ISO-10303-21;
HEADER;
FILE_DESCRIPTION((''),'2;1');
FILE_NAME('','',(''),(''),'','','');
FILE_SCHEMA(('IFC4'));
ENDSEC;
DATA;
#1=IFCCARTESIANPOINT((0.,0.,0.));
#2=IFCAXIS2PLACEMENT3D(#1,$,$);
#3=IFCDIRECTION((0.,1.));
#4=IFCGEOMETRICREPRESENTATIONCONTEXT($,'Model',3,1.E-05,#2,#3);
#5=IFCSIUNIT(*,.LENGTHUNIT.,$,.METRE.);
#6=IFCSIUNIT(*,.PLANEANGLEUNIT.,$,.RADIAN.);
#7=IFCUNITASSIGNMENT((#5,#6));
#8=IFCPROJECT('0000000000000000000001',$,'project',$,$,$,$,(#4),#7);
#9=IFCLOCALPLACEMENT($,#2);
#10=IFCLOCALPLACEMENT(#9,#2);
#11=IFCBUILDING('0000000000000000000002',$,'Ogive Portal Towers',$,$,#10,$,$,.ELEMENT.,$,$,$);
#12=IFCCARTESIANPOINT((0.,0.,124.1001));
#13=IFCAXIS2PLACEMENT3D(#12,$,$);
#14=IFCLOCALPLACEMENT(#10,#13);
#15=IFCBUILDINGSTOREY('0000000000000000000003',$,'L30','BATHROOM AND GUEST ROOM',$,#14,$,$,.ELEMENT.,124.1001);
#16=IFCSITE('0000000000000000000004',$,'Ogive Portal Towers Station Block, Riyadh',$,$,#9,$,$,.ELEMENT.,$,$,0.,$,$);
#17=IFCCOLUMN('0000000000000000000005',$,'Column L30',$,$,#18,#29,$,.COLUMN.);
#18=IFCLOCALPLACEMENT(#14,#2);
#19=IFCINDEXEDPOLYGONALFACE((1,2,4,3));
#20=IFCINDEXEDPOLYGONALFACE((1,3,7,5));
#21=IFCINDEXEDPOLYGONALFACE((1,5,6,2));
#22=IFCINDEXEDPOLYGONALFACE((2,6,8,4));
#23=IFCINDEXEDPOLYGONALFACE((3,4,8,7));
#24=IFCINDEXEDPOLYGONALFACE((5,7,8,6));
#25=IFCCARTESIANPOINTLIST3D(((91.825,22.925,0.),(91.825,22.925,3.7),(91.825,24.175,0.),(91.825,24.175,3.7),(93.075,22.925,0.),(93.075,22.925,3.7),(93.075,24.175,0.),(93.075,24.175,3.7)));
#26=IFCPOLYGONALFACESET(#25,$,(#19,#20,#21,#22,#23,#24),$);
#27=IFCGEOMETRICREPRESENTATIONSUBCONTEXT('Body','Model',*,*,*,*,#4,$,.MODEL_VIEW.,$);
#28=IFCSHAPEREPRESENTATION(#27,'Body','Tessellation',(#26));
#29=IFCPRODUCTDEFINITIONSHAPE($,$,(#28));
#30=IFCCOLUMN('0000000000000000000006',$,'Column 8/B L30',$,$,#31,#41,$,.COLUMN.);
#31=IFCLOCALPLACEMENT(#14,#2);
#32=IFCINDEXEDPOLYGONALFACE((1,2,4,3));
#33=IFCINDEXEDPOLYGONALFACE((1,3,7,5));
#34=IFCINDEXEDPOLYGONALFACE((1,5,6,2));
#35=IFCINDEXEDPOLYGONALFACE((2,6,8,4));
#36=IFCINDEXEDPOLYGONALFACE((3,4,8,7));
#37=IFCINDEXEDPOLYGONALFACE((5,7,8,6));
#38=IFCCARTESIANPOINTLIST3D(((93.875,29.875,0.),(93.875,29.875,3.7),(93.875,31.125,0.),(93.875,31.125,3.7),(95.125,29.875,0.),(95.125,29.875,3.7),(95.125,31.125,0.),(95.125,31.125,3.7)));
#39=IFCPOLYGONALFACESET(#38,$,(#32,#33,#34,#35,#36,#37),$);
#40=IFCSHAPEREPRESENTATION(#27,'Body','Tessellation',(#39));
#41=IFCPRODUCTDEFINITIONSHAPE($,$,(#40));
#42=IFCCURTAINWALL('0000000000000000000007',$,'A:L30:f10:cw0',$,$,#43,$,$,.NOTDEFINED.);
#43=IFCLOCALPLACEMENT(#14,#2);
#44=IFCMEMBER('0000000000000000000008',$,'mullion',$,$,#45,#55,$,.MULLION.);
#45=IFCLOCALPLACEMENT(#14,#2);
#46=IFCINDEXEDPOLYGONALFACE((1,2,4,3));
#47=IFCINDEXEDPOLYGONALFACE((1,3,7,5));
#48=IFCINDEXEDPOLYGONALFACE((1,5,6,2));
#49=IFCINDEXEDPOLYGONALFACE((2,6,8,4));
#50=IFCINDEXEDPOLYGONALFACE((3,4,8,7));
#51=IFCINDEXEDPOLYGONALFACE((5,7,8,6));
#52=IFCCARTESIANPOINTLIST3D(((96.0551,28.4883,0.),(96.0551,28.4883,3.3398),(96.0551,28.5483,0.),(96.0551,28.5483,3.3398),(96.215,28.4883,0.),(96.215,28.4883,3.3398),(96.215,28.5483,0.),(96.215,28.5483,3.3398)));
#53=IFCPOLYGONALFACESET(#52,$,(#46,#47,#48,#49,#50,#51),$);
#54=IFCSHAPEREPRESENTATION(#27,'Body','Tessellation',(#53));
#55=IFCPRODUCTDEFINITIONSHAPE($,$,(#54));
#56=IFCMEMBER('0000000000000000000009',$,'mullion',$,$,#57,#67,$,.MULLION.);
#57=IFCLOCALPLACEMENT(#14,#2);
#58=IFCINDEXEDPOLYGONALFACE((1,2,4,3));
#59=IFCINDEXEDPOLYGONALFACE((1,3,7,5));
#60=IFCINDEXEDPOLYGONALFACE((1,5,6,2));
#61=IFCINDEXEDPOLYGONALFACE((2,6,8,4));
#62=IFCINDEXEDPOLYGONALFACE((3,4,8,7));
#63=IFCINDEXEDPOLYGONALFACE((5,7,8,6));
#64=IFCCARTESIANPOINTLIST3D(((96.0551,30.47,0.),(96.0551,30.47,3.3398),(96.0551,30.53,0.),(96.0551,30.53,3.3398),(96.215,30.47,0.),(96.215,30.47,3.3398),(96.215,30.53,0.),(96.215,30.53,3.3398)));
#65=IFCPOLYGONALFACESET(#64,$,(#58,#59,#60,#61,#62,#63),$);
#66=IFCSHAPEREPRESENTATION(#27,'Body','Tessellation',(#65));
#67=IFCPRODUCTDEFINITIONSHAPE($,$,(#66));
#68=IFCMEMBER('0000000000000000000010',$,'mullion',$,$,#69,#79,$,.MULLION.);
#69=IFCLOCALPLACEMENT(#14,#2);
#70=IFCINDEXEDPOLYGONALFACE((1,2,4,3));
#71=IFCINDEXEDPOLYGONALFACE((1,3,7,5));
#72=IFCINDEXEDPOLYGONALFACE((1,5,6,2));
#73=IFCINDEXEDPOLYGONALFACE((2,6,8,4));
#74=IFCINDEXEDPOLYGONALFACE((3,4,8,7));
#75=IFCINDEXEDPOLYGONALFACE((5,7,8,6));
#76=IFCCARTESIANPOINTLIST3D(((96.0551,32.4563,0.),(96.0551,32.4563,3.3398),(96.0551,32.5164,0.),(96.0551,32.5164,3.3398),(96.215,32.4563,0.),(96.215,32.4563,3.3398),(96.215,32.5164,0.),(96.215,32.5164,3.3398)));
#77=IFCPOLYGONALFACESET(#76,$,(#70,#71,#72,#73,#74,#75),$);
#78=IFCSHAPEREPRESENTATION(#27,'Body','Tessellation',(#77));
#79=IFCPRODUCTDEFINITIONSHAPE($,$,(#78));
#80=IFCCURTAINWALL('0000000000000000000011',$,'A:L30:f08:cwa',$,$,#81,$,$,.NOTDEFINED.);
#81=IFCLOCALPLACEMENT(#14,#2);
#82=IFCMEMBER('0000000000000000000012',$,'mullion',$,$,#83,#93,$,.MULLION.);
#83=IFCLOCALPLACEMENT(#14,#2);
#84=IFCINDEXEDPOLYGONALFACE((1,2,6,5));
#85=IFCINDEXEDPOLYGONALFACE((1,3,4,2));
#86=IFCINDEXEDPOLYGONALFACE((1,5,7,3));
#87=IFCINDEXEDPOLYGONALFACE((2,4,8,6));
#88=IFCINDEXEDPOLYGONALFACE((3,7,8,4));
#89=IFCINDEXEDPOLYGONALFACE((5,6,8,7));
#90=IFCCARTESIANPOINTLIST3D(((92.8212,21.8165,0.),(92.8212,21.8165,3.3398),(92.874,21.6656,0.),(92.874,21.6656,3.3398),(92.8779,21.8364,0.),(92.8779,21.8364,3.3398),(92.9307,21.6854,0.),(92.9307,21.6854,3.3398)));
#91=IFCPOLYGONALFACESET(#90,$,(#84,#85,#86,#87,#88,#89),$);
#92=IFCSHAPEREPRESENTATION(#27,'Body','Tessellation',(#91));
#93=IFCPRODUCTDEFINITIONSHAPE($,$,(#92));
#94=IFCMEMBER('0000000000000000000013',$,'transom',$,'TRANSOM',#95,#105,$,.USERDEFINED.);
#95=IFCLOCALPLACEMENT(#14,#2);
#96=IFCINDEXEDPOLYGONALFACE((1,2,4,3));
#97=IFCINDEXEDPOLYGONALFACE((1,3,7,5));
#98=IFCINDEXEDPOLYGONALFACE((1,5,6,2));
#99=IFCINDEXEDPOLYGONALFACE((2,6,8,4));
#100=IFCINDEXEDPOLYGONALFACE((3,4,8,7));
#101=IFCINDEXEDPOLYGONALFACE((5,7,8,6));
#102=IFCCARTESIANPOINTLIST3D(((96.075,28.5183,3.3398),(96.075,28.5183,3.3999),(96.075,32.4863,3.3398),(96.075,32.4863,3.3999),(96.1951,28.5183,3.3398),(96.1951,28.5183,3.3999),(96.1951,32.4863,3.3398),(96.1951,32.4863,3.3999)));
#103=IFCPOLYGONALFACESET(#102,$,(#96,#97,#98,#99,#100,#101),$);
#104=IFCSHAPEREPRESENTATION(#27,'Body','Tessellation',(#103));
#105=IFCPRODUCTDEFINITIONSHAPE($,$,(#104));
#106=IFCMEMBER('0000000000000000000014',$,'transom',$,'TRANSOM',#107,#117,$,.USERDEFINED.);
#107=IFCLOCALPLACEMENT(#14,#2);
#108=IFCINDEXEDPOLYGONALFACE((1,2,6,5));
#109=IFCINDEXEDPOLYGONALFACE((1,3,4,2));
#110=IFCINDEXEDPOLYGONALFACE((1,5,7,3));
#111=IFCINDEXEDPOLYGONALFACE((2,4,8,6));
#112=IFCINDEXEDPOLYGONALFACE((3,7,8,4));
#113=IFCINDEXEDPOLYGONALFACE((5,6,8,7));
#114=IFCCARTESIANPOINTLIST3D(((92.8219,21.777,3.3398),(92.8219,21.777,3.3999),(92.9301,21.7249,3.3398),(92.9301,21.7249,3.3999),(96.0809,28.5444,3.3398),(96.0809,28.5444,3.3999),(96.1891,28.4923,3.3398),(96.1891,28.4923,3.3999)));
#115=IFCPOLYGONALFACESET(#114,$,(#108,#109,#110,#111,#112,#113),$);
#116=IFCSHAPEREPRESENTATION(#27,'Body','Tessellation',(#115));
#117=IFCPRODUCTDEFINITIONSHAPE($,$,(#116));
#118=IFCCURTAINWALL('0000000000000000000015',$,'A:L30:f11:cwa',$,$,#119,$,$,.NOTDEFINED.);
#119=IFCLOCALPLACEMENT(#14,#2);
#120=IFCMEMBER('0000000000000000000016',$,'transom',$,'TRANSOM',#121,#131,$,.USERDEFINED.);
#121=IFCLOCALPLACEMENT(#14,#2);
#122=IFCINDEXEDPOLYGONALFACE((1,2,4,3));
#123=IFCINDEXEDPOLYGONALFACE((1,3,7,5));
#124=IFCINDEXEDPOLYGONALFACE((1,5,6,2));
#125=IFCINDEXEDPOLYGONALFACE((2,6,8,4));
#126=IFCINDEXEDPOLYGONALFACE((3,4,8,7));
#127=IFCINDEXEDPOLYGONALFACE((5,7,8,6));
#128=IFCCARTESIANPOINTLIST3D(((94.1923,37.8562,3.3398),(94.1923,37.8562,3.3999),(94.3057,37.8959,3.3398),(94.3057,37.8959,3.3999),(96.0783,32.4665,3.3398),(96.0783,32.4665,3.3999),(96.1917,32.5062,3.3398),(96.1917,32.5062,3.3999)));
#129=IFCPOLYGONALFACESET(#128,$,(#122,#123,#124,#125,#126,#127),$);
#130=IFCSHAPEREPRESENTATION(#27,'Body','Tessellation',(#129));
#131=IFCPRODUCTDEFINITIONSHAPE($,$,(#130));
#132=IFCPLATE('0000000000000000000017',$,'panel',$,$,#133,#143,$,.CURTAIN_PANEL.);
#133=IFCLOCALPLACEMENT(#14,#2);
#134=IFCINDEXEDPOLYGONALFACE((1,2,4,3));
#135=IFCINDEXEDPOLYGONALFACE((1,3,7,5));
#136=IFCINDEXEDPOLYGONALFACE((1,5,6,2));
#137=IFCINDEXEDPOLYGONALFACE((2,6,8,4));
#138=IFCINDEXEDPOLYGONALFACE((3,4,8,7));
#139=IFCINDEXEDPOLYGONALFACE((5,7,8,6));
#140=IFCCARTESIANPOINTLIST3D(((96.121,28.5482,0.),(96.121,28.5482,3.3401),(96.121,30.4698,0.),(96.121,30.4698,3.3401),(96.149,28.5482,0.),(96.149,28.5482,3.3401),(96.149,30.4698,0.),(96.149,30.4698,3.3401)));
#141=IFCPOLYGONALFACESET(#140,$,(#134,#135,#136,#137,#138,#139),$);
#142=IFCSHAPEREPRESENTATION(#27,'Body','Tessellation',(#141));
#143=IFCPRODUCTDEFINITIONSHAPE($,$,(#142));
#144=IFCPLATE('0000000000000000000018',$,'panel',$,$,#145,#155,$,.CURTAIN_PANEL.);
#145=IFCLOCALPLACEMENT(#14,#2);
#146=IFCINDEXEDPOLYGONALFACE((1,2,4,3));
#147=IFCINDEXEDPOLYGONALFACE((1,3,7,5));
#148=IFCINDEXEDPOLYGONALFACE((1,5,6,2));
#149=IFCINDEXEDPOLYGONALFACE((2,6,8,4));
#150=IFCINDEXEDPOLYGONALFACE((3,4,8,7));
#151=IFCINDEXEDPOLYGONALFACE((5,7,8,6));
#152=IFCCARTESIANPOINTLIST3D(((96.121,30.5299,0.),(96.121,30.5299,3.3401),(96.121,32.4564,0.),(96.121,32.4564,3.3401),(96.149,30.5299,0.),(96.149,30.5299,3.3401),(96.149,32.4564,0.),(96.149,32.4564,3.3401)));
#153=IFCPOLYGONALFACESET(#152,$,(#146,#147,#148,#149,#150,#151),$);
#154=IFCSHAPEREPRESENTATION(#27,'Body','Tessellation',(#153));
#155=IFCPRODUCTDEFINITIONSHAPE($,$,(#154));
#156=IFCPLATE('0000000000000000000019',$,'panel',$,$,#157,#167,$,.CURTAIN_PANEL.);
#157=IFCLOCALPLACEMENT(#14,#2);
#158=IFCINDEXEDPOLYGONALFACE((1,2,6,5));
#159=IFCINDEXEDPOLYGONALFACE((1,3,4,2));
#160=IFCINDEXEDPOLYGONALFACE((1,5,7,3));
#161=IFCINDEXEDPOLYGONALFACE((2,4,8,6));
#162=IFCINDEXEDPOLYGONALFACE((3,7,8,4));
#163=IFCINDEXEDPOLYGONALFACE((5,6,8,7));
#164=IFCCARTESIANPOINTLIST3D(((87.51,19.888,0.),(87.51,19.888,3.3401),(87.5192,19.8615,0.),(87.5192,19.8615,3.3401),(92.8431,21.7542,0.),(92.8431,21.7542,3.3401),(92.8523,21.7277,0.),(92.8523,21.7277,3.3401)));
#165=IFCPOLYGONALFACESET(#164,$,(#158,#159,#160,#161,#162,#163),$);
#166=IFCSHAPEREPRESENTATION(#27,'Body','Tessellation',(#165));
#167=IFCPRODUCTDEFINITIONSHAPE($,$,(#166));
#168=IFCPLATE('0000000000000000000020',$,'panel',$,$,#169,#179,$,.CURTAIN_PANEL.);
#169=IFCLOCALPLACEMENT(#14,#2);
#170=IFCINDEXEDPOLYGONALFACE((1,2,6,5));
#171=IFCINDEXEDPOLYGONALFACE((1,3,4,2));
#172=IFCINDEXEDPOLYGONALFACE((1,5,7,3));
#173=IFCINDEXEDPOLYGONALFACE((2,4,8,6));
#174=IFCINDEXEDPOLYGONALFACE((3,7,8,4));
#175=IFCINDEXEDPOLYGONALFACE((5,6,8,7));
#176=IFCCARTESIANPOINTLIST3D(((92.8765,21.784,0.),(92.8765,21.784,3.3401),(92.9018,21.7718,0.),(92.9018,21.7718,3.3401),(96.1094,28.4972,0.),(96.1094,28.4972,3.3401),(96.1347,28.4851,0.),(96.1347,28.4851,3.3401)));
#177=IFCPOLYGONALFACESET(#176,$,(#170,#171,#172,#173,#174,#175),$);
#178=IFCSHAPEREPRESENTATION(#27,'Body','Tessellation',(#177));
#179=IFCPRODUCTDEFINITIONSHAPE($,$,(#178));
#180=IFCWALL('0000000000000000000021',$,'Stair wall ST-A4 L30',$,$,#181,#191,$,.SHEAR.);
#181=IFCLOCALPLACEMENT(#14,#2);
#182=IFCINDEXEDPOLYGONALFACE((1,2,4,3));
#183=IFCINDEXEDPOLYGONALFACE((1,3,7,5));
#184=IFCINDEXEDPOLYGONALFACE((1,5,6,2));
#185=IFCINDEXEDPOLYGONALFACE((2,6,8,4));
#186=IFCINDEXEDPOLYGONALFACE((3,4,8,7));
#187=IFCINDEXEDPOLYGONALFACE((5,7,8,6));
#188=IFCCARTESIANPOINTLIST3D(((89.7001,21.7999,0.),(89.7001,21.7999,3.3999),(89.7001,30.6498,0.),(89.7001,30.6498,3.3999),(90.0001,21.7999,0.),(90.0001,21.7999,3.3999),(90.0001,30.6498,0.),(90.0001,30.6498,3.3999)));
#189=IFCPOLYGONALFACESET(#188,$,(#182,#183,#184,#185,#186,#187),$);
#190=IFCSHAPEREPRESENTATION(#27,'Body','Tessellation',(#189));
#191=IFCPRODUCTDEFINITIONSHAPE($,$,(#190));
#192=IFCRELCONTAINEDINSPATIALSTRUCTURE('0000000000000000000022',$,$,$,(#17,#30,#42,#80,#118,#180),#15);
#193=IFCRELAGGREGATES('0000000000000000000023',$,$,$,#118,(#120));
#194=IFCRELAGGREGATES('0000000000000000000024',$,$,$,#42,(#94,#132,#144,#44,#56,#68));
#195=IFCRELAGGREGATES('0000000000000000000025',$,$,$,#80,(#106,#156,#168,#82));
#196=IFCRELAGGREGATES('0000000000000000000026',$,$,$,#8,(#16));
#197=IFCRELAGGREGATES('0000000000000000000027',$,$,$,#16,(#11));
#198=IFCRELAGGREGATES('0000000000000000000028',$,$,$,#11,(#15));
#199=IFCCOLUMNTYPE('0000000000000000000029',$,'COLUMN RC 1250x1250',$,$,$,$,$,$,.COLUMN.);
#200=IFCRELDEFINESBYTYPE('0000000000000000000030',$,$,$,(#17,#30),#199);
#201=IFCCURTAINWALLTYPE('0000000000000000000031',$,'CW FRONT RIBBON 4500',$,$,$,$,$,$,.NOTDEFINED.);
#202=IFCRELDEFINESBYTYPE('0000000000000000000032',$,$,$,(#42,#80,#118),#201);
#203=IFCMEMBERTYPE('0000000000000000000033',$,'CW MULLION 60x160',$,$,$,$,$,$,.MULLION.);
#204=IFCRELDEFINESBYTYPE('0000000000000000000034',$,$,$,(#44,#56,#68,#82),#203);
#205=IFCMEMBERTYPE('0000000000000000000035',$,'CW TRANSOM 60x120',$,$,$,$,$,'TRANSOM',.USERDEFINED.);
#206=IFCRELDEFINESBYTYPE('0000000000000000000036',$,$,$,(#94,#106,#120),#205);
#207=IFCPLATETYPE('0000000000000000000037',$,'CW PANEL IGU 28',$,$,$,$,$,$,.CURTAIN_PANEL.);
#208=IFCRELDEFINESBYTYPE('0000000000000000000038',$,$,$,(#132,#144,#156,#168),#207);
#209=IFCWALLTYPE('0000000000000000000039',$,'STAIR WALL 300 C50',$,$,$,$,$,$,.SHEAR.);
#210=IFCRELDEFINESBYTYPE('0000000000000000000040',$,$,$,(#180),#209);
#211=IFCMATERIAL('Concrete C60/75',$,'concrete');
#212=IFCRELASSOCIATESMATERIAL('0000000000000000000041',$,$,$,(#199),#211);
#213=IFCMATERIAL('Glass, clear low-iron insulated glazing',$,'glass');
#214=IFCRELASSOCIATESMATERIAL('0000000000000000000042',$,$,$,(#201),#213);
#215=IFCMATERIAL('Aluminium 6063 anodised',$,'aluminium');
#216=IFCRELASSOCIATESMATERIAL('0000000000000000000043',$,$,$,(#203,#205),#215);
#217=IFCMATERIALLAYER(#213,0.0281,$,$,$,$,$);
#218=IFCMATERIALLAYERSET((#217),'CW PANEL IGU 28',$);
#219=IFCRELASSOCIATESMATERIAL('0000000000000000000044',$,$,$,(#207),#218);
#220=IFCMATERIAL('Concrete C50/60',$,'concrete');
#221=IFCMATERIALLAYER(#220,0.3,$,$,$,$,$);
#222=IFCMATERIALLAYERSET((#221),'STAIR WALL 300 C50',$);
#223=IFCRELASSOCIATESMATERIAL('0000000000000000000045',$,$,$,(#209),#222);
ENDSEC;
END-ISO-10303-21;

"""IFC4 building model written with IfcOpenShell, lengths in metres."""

from ifc_helpers import new_model, si_unit, direction, frame, frame_2d, origin, origin_2d, place, context, subcontext, project, spatial, rectangle, extrude, material, layer, layer_set, material_profile, profile_set, type_object, element, aggregate, save


model = new_model("IFC4")

# Units and contexts
model_context = context("Model", 3, precision=1e-05, world=origin(), true_north=direction((0.0, 1.0)))
body_context = subcontext(model_context, "Body", "Model", "MODEL_VIEW")
ifc_project = project(units=[si_unit("LENGTHUNIT", "METRE"), si_unit("PLANEANGLEUNIT", "RADIAN")], contexts=[model_context])

# Site, building, storey
site_placement = place(None, origin())
site = spatial("IfcSite", under=ifc_project, at=site_placement, Name="Ogive Portal Towers Station Block, Riyadh", CompositionType="ELEMENT", RefElevation=0.0)
building_placement = place(site_placement, origin())
building = spatial("IfcBuilding", under=site, at=building_placement, Name="Ogive Portal Towers", CompositionType="ELEMENT")
storey_placement = place(building_placement, frame((0.0, 0.0, 124.1001)))
storey = spatial("IfcBuildingStorey", under=building, at=storey_placement, Name="L30", Description="BATHROOM AND GUEST ROOM", CompositionType="ELEMENT", Elevation=124.1001)

# Columns
ifc_material_1 = material(Name="Concrete C60/75", Category="concrete")
ifc_material_profile_1 = material_profile(ifc_material_1, rectangle(XDim=1.25, YDim=1.25, at=origin_2d()), Name="RC 1250x1250")
ifc_profile_set_1 = profile_set([ifc_material_profile_1], Name="Concrete C60/75")
column_type = type_object("IfcColumnType", Name="COLUMN RC 1250x1250", PredefinedType="COLUMN", material=ifc_profile_set_1)
for number, where, z_axis, x_axis, name in (
    (1, (92.45, 23.55, 0.0), (0.0, 0.0, 1.0), (1.0, 0.0, 0.0), "Column L30"),
    (2, (94.5, 30.5, 0.0), (0.0, 0.0, 1.0), (1.0, 0.0, 0.0), "Column 8/B L30"),
):
    element("IfcColumn", number, at=place(storey_placement, frame(where, z_axis=z_axis, x_axis=x_axis)), inside=storey, type_object=column_type, Name=name, PredefinedType="COLUMN", context=body_context, shape_type="SweptSolid", body=[
        extrude(rectangle(XDim=1.25, YDim=1.25, at=origin_2d()), origin(), (0.0, 0.0, 1.0), 3.7),
    ])

# Curtain wall, members
ifc_material_2 = material(Name="Glass, clear low-iron insulated glazing", Category="glass")
curtain_wall_type = type_object("IfcCurtainWallType", Name="CW FRONT RIBBON 4500", PredefinedType="NOTDEFINED", material=ifc_material_2)
curtain_wall_1_placement = place(storey_placement, origin())
curtain_wall_1 = element("IfcCurtainWall", 3, at=curtain_wall_1_placement, inside=storey, type_object=curtain_wall_type, Name="A:L30:f10:cw0", PredefinedType="NOTDEFINED")
ifc_material_3 = material(Name="Aluminium 6063 anodised", Category="aluminium")
ifc_material_profile_2 = material_profile(ifc_material_3, rectangle(XDim=0.1599, YDim=0.0601, at=origin_2d()), Name="AL 60x160")
ifc_profile_set_2 = profile_set([ifc_material_profile_2], Name="Aluminium 6063 anodised")
member_type_1 = type_object("IfcMemberType", Name="CW MULLION 60x160", PredefinedType="MULLION", material=ifc_profile_set_2)
member_1_placement = place(storey_placement, frame((96.135, 28.5183, 0.0), z_axis=(0.0, 0.0, 1.0), x_axis=(-1.0, 0.0, 0.0)))
member_1 = element("IfcMember", 4, at=member_1_placement, type_object=member_type_1, Name="mullion", PredefinedType="MULLION", context=body_context, shape_type="SweptSolid", body=[
    extrude(rectangle(XDim=0.1599, YDim=0.0601, at=origin_2d()), origin(), (0.0, 0.0, 1.0), 3.3398),
])
member_2_placement = place(storey_placement, frame((96.135, 30.5, 0.0), z_axis=(0.0, 0.0, 1.0), x_axis=(-1.0, 0.0, 0.0)))
member_2 = element("IfcMember", 5, at=member_2_placement, type_object=member_type_1, Name="mullion", PredefinedType="MULLION", context=body_context, shape_type="SweptSolid", body=[
    extrude(rectangle(XDim=0.1599, YDim=0.0601, at=origin_2d()), origin(), (0.0, 0.0, 1.0), 3.3398),
])
member_3_placement = place(storey_placement, frame((96.135, 32.4863, 0.0), z_axis=(0.0, 0.0, 1.0), x_axis=(-1.0, 0.0, 0.0)))
member_3 = element("IfcMember", 6, at=member_3_placement, type_object=member_type_1, Name="mullion", PredefinedType="MULLION", context=body_context, shape_type="SweptSolid", body=[
    extrude(rectangle(XDim=0.1599, YDim=0.0601, at=origin_2d()), origin(), (0.0, 0.0, 1.0), 3.3398),
])

# Curtain wall, member
curtain_wall_2_placement = place(storey_placement, origin())
curtain_wall_2 = element("IfcCurtainWall", 7, at=curtain_wall_2_placement, inside=storey, type_object=curtain_wall_type, Name="A:L30:f08:cwa", PredefinedType="NOTDEFINED")
member_4_placement = place(storey_placement, frame((92.876, 21.751, 0.0), z_axis=(0.0, 0.0, 1.0), x_axis=(-0.330279, 0.943883, 0.0)))
member_4 = element("IfcMember", 8, at=member_4_placement, type_object=member_type_1, Name="mullion", PredefinedType="MULLION", context=body_context, shape_type="SweptSolid", body=[
    extrude(rectangle(XDim=0.1599, YDim=0.0601, at=origin_2d()), origin(), (0.0, 0.0, 1.0), 3.3398),
])

# Members
ifc_material_profile_3 = material_profile(ifc_material_3, rectangle(XDim=0.1201, YDim=0.0601, at=origin_2d()), Name="AL 120x60")
ifc_profile_set_3 = profile_set([ifc_material_profile_3], Name="Aluminium 6063 anodised")
member_type_2 = type_object("IfcMemberType", Name="CW TRANSOM 60x120", ElementType="TRANSOM", PredefinedType="USERDEFINED", material=ifc_profile_set_3)
member_5_placement = place(storey_placement, frame((96.135, 28.5183, 3.3699), z_axis=(0.0, 1.0, 0.0), x_axis=(-1.0, 0.0, 0.0)))
member_5 = element("IfcMember", 9, at=member_5_placement, type_object=member_type_2, Name="transom", ObjectType="TRANSOM", PredefinedType="USERDEFINED", context=body_context, shape_type="SweptSolid", body=[
    extrude(rectangle(XDim=0.1201, YDim=0.0601, at=origin_2d()), origin(), (0.0, 0.0, 1.0), 3.968),
])
member_6_placement = place(storey_placement, frame((92.876, 21.751, 3.3699), z_axis=(0.43389, 0.900966, 0.0), x_axis=(-0.900966, 0.43389, 0.0)))
member_6 = element("IfcMember", 10, at=member_6_placement, type_object=member_type_2, Name="transom", ObjectType="TRANSOM", PredefinedType="USERDEFINED", context=body_context, shape_type="SweptSolid", body=[
    extrude(rectangle(XDim=0.1201, YDim=0.0601, at=origin_2d()), origin(), (0.0, 0.0, 1.0), 7.5112),
])

# Curtain wall, member
curtain_wall_3_placement = place(storey_placement, origin())
curtain_wall_3 = element("IfcCurtainWall", 11, at=curtain_wall_3_placement, inside=storey, type_object=curtain_wall_type, Name="A:L30:f11:cwa", PredefinedType="NOTDEFINED")
member_7_placement = place(storey_placement, frame((96.135, 32.4863, 3.3699), z_axis=(-0.330289, 0.94388, 0.0), x_axis=(-0.94388, -0.330289, 0.0)))
member_7 = element("IfcMember", 12, at=member_7_placement, type_object=member_type_2, Name="transom", ObjectType="TRANSOM", PredefinedType="USERDEFINED", context=body_context, shape_type="SweptSolid", body=[
    extrude(rectangle(XDim=0.1201, YDim=0.0601, at=origin_2d()), origin(), (0.0, 0.0, 1.0), 5.7102),
])
aggregate(curtain_wall_3, [member_7])

# Plates
ifc_layer_1 = layer(ifc_material_2, 0.0281)
ifc_layer_set_1 = layer_set([ifc_layer_1], Name="CW PANEL IGU 28")
plate_type = type_object("IfcPlateType", Name="CW PANEL IGU 28", PredefinedType="CURTAIN_PANEL", material=ifc_layer_set_1)
plate_1_placement = place(storey_placement, frame((96.135, 29.509, 0.0), z_axis=(0.0, 0.0, 1.0), x_axis=(0.0, 1.0, 0.0)))
plate_1 = element("IfcPlate", 13, at=plate_1_placement, type_object=plate_type, Name="panel", PredefinedType="CURTAIN_PANEL", context=body_context, shape_type="SweptSolid", body=[
    extrude(rectangle(XDim=1.9216, YDim=0.0281, at=origin_2d()), origin(), (0.0, 0.0, 1.0), 3.3401),
])
plate_2_placement = place(storey_placement, frame((96.135, 31.4932, 0.0), z_axis=(0.0, 0.0, 1.0), x_axis=(0.0, 1.0, 0.0)))
plate_2 = element("IfcPlate", 14, at=plate_2_placement, type_object=plate_type, Name="panel", PredefinedType="CURTAIN_PANEL", context=body_context, shape_type="SweptSolid", body=[
    extrude(rectangle(XDim=1.9265, YDim=0.0281, at=origin_2d()), origin(), (0.0, 0.0, 1.0), 3.3401),
])
aggregate(curtain_wall_1, [member_5, plate_1, plate_2, member_1, member_2, member_3])
plate_3_placement = place(storey_placement, frame((90.1812, 20.8079, 0.0), z_axis=(0.0, 0.0, 1.0), x_axis=(0.943883, 0.330279, 0.0)))
plate_3 = element("IfcPlate", 15, at=plate_3_placement, type_object=plate_type, Name="panel", PredefinedType="CURTAIN_PANEL", context=body_context, shape_type="SweptSolid", body=[
    extrude(rectangle(XDim=5.6501, YDim=0.0281, at=origin_2d()), origin(), (0.0, 0.0, 1.0), 3.3401),
])
plate_4_placement = place(storey_placement, frame((94.5056, 25.1345, 0.0), z_axis=(0.0, 0.0, 1.0), x_axis=(0.433884, 0.900969, 0.0)))
plate_4 = element("IfcPlate", 16, at=plate_4_placement, type_object=plate_type, Name="panel", PredefinedType="CURTAIN_PANEL", context=body_context, shape_type="SweptSolid", body=[
    extrude(rectangle(XDim=7.4512, YDim=0.0281, at=origin_2d()), origin(), (0.0, 0.0, 1.0), 3.3401),
])
aggregate(curtain_wall_2, [member_6, plate_3, plate_4, member_4])

# Wall
ifc_material_4 = material(Name="Concrete C50/60", Category="concrete")
ifc_layer_2 = layer(ifc_material_4, 0.3)
ifc_layer_set_2 = layer_set([ifc_layer_2], Name="STAIR WALL 300 C50")
wall_type_1 = type_object("IfcWallType", Name="STAIR WALL 300 C50", PredefinedType="SHEAR", material=ifc_layer_set_2)
wall_1_placement = place(storey_placement, frame((89.8501, 21.8, 0.0), z_axis=(0.0, 0.0, 1.0), x_axis=(0.0, 1.0, 0.0)))
element("IfcWall", 17, at=wall_1_placement, inside=storey, type_object=wall_type_1, Name="Stair wall ST-A4 L30", PredefinedType="SHEAR", context=body_context, shape_type="SweptSolid", body=[
    extrude(rectangle(XDim=8.8499, YDim=0.3, at=frame_2d((4.4248, 0.0))), origin(), (0.0, 0.0, 1.0), 3.3999),
])

save(model, "model.ifc")
